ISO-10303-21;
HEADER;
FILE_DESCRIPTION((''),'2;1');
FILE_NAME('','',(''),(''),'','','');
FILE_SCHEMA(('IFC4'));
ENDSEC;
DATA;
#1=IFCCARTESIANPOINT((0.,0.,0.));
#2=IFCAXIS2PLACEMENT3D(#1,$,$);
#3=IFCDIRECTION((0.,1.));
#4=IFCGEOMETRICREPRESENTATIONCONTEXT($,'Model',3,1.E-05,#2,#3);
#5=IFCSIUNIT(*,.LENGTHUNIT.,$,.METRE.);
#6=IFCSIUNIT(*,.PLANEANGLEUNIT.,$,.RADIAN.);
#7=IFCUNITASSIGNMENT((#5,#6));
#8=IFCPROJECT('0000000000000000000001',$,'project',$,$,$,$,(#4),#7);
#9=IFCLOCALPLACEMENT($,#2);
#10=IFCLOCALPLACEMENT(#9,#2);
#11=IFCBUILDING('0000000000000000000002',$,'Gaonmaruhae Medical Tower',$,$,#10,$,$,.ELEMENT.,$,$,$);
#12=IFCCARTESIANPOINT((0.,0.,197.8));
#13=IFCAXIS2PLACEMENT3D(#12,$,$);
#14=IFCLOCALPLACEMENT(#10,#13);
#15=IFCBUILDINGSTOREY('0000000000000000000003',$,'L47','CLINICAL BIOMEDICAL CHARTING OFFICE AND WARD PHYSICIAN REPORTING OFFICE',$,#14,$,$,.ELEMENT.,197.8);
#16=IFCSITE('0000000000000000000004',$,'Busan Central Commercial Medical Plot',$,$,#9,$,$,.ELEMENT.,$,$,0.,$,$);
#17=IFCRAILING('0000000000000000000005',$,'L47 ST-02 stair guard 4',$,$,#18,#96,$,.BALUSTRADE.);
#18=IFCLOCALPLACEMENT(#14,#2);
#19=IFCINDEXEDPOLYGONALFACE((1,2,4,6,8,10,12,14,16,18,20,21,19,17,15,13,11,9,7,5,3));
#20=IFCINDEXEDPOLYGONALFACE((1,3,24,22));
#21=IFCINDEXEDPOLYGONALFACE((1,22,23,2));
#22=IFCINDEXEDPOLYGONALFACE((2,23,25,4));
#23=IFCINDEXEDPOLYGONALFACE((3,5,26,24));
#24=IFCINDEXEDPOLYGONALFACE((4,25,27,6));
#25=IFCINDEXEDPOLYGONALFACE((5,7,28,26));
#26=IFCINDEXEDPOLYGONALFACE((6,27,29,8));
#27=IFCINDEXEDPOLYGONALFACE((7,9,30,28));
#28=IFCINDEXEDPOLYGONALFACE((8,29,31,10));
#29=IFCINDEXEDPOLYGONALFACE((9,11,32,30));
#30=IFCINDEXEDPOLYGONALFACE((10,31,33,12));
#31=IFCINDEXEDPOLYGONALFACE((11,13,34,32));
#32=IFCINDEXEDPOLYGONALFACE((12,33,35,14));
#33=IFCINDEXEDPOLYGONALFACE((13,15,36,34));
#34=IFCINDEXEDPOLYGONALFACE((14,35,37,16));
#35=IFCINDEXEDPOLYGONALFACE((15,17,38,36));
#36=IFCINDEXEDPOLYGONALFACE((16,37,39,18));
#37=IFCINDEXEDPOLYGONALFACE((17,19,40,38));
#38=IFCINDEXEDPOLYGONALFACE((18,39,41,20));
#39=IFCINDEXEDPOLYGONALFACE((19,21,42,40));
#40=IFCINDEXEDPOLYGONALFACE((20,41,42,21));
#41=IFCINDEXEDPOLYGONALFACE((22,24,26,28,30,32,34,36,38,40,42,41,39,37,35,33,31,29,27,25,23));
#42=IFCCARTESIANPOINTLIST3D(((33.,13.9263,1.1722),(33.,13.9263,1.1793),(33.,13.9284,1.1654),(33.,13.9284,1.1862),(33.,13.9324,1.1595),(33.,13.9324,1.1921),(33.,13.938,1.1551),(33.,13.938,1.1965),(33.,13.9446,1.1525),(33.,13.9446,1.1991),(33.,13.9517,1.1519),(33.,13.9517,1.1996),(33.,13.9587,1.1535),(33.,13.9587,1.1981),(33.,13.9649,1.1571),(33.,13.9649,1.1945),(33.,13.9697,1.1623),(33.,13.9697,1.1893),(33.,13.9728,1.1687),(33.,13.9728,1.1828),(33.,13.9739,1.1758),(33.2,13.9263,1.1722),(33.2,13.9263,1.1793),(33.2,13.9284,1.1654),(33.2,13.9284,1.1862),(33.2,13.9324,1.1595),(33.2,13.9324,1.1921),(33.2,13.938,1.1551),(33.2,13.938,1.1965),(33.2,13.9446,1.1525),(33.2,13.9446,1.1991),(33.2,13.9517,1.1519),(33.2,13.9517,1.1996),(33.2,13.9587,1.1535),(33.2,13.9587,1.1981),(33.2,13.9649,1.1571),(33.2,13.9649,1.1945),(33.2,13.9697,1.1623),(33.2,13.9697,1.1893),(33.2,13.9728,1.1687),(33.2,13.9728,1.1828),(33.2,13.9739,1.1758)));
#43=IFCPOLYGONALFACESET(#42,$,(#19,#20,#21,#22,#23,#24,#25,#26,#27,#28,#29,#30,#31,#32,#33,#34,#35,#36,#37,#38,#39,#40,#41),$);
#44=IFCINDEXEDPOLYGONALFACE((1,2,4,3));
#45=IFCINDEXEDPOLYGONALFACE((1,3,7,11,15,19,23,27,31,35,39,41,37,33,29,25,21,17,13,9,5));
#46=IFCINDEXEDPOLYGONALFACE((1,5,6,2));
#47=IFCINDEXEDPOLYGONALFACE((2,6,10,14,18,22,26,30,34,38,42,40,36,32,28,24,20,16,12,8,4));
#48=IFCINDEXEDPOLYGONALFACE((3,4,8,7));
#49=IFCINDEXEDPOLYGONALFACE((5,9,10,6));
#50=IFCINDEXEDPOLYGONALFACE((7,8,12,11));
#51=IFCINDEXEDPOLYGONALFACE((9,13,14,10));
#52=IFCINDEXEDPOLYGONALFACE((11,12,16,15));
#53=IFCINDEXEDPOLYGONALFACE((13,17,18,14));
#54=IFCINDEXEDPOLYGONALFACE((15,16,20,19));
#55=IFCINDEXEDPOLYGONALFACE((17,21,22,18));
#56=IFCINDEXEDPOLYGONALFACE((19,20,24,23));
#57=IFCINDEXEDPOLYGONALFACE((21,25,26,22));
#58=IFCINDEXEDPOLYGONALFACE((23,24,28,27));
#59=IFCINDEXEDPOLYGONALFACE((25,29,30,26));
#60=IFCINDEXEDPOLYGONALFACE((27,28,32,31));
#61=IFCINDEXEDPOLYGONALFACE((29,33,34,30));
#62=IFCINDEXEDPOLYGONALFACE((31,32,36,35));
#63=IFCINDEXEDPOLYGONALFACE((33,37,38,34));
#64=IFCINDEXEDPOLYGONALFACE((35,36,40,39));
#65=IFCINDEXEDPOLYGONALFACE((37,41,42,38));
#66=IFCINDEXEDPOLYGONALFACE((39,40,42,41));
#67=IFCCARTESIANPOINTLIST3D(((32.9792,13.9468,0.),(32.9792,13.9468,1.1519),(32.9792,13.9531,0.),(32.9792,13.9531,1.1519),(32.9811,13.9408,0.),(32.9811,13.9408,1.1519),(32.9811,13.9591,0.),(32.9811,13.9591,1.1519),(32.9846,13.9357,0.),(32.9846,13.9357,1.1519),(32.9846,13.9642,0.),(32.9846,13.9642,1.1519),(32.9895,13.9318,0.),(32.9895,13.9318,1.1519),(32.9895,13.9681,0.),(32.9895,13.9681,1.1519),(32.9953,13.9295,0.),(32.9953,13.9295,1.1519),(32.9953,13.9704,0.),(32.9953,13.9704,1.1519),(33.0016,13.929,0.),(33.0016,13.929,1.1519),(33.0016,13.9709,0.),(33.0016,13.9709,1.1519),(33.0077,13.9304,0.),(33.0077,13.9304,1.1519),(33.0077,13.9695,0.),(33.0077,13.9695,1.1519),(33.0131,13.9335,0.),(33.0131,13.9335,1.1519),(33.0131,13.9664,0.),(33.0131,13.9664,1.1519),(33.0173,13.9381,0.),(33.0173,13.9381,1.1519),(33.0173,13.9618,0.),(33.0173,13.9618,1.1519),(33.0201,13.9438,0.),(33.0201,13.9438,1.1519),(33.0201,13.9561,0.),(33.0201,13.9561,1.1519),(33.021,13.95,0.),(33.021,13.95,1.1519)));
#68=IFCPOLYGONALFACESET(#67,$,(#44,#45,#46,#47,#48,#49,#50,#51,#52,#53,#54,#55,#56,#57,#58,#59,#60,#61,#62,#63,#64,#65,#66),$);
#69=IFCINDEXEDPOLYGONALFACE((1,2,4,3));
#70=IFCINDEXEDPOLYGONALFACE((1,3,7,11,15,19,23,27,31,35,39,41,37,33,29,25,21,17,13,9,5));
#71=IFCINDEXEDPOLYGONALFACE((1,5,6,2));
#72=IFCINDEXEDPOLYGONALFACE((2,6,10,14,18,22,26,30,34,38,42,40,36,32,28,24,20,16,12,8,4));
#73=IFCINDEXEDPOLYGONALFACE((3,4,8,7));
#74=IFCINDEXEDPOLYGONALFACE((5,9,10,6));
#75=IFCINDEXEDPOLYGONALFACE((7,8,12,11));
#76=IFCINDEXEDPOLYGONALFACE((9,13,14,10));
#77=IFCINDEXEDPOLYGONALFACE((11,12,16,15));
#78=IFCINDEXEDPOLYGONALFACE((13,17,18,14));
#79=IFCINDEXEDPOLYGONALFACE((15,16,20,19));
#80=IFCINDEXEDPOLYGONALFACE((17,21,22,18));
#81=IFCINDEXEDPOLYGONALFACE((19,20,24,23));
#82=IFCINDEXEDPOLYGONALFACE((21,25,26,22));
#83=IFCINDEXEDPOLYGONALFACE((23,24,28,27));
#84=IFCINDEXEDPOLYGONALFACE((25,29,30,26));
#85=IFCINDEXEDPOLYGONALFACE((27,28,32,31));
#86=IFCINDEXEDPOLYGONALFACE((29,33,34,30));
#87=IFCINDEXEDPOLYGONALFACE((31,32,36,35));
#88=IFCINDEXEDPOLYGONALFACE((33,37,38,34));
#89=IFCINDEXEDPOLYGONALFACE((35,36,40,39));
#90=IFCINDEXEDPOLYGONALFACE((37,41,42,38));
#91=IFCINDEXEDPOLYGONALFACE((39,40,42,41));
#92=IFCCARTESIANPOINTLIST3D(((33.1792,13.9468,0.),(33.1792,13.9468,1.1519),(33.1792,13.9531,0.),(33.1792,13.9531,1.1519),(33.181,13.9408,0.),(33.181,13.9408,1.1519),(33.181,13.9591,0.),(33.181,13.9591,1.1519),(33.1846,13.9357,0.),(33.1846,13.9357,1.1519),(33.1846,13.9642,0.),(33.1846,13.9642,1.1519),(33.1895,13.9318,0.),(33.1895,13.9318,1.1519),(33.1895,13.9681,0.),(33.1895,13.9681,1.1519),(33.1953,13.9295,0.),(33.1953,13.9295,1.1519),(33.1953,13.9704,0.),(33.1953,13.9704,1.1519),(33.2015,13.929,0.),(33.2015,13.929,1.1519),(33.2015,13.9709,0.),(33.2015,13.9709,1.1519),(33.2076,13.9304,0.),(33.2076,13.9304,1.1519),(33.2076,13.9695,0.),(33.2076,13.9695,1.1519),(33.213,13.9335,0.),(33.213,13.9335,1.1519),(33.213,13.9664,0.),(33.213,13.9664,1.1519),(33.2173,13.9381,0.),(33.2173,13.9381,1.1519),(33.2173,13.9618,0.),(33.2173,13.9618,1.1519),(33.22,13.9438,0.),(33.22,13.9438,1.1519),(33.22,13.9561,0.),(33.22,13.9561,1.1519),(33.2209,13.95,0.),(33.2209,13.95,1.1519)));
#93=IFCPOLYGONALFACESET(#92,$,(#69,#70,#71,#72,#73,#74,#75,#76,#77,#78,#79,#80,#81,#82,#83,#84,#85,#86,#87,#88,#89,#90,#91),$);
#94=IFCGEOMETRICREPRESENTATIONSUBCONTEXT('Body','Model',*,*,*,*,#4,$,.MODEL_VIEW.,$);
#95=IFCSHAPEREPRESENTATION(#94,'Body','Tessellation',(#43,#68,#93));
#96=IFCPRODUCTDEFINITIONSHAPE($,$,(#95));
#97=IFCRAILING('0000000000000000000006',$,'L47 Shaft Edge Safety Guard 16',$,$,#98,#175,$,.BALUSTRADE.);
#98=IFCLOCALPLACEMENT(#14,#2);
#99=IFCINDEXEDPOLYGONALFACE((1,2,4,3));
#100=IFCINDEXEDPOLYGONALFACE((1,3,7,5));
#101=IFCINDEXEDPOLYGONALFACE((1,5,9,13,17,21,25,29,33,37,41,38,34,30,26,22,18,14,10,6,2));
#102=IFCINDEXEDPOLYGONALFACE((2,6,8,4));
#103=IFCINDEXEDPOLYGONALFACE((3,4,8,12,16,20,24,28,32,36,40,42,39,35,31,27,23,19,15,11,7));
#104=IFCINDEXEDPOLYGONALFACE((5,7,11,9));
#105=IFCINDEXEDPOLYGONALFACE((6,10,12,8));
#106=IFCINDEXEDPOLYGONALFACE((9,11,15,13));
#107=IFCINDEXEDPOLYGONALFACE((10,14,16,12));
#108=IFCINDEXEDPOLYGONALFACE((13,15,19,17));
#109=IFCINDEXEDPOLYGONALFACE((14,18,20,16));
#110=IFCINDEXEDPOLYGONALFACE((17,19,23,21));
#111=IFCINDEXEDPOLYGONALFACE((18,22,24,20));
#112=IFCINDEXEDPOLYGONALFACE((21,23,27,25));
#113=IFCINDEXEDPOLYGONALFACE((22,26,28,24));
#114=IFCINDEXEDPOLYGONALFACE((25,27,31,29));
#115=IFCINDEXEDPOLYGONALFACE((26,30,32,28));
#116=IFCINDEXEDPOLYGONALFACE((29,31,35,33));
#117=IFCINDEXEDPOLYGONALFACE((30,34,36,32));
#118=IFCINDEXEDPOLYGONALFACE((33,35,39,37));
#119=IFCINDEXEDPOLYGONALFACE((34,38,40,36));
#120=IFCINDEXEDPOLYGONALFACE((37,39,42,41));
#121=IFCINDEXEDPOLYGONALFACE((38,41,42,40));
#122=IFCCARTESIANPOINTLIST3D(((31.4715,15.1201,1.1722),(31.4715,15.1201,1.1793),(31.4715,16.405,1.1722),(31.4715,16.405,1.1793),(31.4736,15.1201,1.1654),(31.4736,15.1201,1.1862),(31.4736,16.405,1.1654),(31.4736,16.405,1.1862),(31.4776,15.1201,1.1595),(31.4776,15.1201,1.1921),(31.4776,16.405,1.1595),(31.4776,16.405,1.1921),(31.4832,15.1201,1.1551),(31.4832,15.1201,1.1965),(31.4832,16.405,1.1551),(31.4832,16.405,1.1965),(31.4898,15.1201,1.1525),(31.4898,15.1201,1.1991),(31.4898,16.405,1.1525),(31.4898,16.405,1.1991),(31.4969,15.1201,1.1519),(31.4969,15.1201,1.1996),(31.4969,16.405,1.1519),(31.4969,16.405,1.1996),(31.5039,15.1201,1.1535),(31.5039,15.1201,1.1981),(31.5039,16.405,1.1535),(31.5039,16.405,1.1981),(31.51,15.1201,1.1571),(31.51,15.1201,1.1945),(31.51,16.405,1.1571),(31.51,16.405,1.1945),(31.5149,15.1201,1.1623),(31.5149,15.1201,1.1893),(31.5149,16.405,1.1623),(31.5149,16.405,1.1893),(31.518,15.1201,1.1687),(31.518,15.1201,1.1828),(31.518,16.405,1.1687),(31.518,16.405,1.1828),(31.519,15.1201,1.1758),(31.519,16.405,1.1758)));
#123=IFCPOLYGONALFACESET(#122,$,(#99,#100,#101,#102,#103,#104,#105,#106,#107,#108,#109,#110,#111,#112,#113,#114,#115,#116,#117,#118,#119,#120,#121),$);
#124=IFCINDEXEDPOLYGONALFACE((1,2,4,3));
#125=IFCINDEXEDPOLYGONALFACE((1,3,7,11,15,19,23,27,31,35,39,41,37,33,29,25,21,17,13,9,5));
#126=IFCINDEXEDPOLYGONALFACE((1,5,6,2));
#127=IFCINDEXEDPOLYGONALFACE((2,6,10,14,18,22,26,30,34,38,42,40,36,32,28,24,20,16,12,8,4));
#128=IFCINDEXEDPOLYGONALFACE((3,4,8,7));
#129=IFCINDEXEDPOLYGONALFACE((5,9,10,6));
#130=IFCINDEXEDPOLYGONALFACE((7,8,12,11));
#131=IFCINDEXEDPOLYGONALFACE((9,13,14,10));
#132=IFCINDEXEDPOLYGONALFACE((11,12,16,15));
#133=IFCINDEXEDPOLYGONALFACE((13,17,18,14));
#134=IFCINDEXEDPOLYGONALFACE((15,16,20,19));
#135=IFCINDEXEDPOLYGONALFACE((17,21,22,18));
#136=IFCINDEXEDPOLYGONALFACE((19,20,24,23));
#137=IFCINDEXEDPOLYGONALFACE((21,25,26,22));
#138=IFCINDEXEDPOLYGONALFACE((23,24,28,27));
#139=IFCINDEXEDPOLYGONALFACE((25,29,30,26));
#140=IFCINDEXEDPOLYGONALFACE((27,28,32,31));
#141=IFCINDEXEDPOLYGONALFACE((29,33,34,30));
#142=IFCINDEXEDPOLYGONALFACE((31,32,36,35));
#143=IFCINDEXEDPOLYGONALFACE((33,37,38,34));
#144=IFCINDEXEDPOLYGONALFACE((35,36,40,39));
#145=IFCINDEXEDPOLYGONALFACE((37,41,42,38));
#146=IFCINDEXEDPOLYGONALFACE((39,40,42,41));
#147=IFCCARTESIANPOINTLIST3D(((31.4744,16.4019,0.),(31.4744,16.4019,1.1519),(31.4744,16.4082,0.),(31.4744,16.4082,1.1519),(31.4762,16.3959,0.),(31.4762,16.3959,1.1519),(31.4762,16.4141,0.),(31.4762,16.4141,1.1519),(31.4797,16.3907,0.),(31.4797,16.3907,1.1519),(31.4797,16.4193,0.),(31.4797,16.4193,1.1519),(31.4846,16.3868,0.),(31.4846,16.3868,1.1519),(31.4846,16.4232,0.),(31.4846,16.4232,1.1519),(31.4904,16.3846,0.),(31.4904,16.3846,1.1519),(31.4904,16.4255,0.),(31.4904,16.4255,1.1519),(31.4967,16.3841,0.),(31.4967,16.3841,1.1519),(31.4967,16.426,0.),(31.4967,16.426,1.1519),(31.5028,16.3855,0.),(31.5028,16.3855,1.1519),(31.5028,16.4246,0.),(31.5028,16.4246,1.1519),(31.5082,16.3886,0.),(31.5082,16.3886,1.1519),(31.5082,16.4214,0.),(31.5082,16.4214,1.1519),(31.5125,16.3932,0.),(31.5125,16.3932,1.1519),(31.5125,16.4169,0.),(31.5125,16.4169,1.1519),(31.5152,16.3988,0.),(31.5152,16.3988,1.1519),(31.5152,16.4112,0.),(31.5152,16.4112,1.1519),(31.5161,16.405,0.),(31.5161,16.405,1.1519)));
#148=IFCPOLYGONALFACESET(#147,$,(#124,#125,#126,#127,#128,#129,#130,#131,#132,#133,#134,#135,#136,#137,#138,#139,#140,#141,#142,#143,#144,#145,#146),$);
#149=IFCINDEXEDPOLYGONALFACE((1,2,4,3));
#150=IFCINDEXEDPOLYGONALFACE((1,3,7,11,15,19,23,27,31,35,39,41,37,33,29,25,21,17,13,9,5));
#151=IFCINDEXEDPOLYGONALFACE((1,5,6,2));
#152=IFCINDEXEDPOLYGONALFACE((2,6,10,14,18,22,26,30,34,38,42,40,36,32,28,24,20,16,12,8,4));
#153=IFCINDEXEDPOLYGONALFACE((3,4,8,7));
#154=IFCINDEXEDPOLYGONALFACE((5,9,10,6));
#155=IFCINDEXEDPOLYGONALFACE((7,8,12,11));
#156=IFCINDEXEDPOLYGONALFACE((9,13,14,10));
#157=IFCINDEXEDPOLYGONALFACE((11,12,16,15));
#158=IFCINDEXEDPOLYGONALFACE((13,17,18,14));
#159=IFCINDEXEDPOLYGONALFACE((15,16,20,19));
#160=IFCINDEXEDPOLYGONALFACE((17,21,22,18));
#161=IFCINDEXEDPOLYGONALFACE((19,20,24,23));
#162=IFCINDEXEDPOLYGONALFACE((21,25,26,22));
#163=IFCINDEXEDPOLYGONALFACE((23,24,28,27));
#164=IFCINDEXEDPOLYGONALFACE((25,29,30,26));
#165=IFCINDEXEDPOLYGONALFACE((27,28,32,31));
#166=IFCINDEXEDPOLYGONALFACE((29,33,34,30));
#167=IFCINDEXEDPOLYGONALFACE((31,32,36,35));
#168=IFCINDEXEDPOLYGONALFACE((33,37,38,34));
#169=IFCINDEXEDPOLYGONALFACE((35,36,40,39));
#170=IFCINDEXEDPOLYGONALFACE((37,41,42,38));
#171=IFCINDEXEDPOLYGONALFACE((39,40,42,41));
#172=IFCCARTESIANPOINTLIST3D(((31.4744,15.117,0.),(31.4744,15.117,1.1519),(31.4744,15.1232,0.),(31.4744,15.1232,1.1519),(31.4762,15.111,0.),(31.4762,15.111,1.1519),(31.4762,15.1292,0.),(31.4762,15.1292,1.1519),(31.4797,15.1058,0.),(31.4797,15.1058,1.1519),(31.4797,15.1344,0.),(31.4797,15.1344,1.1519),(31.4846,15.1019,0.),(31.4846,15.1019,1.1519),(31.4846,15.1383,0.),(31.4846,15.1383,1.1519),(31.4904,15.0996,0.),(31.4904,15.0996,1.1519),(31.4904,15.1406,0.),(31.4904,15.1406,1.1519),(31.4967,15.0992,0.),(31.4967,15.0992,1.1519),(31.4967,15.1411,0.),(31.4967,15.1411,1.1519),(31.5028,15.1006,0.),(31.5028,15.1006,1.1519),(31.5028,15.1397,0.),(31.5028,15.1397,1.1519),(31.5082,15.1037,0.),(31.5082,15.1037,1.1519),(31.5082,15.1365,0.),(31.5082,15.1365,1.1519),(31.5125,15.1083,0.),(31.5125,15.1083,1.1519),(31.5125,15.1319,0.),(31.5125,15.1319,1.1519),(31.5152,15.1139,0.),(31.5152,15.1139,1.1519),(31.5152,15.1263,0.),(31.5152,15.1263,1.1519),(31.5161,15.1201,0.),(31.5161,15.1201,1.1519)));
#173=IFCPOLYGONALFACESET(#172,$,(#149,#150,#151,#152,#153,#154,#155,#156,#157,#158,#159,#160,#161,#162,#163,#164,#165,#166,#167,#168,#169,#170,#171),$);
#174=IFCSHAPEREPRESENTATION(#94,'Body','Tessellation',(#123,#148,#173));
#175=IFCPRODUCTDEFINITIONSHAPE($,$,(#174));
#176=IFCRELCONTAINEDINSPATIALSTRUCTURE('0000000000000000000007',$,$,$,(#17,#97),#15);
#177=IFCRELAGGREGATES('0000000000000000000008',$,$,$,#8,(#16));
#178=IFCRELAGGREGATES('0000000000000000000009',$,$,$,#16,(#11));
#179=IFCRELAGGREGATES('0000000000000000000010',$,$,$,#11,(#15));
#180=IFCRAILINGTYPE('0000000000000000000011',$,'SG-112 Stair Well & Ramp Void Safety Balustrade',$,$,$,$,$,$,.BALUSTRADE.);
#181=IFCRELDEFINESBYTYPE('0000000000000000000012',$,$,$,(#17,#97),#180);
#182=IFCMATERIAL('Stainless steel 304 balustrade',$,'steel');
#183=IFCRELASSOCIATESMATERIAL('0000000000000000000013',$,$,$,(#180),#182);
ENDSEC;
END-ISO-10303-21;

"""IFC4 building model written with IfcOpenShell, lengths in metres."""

from ifc_helpers import new_model, si_unit, direction, frame, origin, origin_2d, place, context, subcontext, project, spatial, circle, extrude, material, type_object, element, save


model = new_model("IFC4")

# Units and contexts
model_context = context("Model", 3, precision=1e-05, world=origin(), true_north=direction((0.0, 1.0)))
body_context = subcontext(model_context, "Body", "Model", "MODEL_VIEW")
ifc_project = project(units=[si_unit("LENGTHUNIT", "METRE"), si_unit("PLANEANGLEUNIT", "RADIAN")], contexts=[model_context])

# Site, building, storey
site_placement = place(None, origin())
site = spatial("IfcSite", under=ifc_project, at=site_placement, Name="Busan Central Commercial Medical Plot", CompositionType="ELEMENT", RefElevation=0.0)
building_placement = place(site_placement, origin())
building = spatial("IfcBuilding", under=site, at=building_placement, Name="Gaonmaruhae Medical Tower", CompositionType="ELEMENT")
storey_placement = place(building_placement, frame((0.0, 0.0, 197.8)))
storey = spatial("IfcBuildingStorey", under=building, at=storey_placement, Name="L47", Description="CLINICAL BIOMEDICAL CHARTING OFFICE AND WARD PHYSICIAN REPORTING OFFICE", CompositionType="ELEMENT", Elevation=197.8)

# Railings
ifc_material_1 = material(Name="Stainless steel 304 balustrade", Category="steel")
railing_type_1 = type_object("IfcRailingType", Name="SG-112 Stair Well & Ramp Void Safety Balustrade", PredefinedType="BALUSTRADE", material=ifc_material_1)
railing_1_placement = place(storey_placement, frame((33.0, 13.95, 0.0)))
element("IfcRailing", 1, at=railing_1_placement, inside=storey, type_object=railing_type_1, Name="L47 ST-02 stair guard 4", PredefinedType="BALUSTRADE", context=body_context, shape_type="SweptSolid", body=[
    extrude(circle(Radius=0.0239, at=origin_2d()), frame((0.0, 0.0, 1.1758), z_axis=(1.0, 0.0, 0.0), x_axis=(0.0, 1.0, 0.0)), (0.0, 0.0, 1.0), 0.2),
    extrude(circle(Radius=0.021, at=origin_2d()), origin(), (0.0, 0.0, 1.0), 1.1519),
    extrude(circle(Radius=0.021, at=origin_2d()), frame((0.2, 0.0, 0.0)), (0.0, 0.0, 1.0), 1.1519),
])
railing_2_placement = place(storey_placement, frame((31.4951, 16.405, 0.0)))
element("IfcRailing", 2, at=railing_2_placement, inside=storey, type_object=railing_type_1, Name="L47 Shaft Edge Safety Guard 16", PredefinedType="BALUSTRADE", context=body_context, shape_type="SweptSolid", body=[
    extrude(circle(Radius=0.0239, at=origin_2d()), frame((0.0, 0.0, 1.1758), z_axis=(0.0, -1.0, 0.0), x_axis=(1.0, 0.0, 0.0)), (0.0, 0.0, 1.0), 1.2849),
    extrude(circle(Radius=0.021, at=origin_2d()), origin(), (0.0, 0.0, 1.0), 1.1519),
    extrude(circle(Radius=0.021, at=origin_2d()), frame((0.0, -1.2849, 0.0)), (0.0, 0.0, 1.0), 1.1519),
])

save(model, "model.ifc")
